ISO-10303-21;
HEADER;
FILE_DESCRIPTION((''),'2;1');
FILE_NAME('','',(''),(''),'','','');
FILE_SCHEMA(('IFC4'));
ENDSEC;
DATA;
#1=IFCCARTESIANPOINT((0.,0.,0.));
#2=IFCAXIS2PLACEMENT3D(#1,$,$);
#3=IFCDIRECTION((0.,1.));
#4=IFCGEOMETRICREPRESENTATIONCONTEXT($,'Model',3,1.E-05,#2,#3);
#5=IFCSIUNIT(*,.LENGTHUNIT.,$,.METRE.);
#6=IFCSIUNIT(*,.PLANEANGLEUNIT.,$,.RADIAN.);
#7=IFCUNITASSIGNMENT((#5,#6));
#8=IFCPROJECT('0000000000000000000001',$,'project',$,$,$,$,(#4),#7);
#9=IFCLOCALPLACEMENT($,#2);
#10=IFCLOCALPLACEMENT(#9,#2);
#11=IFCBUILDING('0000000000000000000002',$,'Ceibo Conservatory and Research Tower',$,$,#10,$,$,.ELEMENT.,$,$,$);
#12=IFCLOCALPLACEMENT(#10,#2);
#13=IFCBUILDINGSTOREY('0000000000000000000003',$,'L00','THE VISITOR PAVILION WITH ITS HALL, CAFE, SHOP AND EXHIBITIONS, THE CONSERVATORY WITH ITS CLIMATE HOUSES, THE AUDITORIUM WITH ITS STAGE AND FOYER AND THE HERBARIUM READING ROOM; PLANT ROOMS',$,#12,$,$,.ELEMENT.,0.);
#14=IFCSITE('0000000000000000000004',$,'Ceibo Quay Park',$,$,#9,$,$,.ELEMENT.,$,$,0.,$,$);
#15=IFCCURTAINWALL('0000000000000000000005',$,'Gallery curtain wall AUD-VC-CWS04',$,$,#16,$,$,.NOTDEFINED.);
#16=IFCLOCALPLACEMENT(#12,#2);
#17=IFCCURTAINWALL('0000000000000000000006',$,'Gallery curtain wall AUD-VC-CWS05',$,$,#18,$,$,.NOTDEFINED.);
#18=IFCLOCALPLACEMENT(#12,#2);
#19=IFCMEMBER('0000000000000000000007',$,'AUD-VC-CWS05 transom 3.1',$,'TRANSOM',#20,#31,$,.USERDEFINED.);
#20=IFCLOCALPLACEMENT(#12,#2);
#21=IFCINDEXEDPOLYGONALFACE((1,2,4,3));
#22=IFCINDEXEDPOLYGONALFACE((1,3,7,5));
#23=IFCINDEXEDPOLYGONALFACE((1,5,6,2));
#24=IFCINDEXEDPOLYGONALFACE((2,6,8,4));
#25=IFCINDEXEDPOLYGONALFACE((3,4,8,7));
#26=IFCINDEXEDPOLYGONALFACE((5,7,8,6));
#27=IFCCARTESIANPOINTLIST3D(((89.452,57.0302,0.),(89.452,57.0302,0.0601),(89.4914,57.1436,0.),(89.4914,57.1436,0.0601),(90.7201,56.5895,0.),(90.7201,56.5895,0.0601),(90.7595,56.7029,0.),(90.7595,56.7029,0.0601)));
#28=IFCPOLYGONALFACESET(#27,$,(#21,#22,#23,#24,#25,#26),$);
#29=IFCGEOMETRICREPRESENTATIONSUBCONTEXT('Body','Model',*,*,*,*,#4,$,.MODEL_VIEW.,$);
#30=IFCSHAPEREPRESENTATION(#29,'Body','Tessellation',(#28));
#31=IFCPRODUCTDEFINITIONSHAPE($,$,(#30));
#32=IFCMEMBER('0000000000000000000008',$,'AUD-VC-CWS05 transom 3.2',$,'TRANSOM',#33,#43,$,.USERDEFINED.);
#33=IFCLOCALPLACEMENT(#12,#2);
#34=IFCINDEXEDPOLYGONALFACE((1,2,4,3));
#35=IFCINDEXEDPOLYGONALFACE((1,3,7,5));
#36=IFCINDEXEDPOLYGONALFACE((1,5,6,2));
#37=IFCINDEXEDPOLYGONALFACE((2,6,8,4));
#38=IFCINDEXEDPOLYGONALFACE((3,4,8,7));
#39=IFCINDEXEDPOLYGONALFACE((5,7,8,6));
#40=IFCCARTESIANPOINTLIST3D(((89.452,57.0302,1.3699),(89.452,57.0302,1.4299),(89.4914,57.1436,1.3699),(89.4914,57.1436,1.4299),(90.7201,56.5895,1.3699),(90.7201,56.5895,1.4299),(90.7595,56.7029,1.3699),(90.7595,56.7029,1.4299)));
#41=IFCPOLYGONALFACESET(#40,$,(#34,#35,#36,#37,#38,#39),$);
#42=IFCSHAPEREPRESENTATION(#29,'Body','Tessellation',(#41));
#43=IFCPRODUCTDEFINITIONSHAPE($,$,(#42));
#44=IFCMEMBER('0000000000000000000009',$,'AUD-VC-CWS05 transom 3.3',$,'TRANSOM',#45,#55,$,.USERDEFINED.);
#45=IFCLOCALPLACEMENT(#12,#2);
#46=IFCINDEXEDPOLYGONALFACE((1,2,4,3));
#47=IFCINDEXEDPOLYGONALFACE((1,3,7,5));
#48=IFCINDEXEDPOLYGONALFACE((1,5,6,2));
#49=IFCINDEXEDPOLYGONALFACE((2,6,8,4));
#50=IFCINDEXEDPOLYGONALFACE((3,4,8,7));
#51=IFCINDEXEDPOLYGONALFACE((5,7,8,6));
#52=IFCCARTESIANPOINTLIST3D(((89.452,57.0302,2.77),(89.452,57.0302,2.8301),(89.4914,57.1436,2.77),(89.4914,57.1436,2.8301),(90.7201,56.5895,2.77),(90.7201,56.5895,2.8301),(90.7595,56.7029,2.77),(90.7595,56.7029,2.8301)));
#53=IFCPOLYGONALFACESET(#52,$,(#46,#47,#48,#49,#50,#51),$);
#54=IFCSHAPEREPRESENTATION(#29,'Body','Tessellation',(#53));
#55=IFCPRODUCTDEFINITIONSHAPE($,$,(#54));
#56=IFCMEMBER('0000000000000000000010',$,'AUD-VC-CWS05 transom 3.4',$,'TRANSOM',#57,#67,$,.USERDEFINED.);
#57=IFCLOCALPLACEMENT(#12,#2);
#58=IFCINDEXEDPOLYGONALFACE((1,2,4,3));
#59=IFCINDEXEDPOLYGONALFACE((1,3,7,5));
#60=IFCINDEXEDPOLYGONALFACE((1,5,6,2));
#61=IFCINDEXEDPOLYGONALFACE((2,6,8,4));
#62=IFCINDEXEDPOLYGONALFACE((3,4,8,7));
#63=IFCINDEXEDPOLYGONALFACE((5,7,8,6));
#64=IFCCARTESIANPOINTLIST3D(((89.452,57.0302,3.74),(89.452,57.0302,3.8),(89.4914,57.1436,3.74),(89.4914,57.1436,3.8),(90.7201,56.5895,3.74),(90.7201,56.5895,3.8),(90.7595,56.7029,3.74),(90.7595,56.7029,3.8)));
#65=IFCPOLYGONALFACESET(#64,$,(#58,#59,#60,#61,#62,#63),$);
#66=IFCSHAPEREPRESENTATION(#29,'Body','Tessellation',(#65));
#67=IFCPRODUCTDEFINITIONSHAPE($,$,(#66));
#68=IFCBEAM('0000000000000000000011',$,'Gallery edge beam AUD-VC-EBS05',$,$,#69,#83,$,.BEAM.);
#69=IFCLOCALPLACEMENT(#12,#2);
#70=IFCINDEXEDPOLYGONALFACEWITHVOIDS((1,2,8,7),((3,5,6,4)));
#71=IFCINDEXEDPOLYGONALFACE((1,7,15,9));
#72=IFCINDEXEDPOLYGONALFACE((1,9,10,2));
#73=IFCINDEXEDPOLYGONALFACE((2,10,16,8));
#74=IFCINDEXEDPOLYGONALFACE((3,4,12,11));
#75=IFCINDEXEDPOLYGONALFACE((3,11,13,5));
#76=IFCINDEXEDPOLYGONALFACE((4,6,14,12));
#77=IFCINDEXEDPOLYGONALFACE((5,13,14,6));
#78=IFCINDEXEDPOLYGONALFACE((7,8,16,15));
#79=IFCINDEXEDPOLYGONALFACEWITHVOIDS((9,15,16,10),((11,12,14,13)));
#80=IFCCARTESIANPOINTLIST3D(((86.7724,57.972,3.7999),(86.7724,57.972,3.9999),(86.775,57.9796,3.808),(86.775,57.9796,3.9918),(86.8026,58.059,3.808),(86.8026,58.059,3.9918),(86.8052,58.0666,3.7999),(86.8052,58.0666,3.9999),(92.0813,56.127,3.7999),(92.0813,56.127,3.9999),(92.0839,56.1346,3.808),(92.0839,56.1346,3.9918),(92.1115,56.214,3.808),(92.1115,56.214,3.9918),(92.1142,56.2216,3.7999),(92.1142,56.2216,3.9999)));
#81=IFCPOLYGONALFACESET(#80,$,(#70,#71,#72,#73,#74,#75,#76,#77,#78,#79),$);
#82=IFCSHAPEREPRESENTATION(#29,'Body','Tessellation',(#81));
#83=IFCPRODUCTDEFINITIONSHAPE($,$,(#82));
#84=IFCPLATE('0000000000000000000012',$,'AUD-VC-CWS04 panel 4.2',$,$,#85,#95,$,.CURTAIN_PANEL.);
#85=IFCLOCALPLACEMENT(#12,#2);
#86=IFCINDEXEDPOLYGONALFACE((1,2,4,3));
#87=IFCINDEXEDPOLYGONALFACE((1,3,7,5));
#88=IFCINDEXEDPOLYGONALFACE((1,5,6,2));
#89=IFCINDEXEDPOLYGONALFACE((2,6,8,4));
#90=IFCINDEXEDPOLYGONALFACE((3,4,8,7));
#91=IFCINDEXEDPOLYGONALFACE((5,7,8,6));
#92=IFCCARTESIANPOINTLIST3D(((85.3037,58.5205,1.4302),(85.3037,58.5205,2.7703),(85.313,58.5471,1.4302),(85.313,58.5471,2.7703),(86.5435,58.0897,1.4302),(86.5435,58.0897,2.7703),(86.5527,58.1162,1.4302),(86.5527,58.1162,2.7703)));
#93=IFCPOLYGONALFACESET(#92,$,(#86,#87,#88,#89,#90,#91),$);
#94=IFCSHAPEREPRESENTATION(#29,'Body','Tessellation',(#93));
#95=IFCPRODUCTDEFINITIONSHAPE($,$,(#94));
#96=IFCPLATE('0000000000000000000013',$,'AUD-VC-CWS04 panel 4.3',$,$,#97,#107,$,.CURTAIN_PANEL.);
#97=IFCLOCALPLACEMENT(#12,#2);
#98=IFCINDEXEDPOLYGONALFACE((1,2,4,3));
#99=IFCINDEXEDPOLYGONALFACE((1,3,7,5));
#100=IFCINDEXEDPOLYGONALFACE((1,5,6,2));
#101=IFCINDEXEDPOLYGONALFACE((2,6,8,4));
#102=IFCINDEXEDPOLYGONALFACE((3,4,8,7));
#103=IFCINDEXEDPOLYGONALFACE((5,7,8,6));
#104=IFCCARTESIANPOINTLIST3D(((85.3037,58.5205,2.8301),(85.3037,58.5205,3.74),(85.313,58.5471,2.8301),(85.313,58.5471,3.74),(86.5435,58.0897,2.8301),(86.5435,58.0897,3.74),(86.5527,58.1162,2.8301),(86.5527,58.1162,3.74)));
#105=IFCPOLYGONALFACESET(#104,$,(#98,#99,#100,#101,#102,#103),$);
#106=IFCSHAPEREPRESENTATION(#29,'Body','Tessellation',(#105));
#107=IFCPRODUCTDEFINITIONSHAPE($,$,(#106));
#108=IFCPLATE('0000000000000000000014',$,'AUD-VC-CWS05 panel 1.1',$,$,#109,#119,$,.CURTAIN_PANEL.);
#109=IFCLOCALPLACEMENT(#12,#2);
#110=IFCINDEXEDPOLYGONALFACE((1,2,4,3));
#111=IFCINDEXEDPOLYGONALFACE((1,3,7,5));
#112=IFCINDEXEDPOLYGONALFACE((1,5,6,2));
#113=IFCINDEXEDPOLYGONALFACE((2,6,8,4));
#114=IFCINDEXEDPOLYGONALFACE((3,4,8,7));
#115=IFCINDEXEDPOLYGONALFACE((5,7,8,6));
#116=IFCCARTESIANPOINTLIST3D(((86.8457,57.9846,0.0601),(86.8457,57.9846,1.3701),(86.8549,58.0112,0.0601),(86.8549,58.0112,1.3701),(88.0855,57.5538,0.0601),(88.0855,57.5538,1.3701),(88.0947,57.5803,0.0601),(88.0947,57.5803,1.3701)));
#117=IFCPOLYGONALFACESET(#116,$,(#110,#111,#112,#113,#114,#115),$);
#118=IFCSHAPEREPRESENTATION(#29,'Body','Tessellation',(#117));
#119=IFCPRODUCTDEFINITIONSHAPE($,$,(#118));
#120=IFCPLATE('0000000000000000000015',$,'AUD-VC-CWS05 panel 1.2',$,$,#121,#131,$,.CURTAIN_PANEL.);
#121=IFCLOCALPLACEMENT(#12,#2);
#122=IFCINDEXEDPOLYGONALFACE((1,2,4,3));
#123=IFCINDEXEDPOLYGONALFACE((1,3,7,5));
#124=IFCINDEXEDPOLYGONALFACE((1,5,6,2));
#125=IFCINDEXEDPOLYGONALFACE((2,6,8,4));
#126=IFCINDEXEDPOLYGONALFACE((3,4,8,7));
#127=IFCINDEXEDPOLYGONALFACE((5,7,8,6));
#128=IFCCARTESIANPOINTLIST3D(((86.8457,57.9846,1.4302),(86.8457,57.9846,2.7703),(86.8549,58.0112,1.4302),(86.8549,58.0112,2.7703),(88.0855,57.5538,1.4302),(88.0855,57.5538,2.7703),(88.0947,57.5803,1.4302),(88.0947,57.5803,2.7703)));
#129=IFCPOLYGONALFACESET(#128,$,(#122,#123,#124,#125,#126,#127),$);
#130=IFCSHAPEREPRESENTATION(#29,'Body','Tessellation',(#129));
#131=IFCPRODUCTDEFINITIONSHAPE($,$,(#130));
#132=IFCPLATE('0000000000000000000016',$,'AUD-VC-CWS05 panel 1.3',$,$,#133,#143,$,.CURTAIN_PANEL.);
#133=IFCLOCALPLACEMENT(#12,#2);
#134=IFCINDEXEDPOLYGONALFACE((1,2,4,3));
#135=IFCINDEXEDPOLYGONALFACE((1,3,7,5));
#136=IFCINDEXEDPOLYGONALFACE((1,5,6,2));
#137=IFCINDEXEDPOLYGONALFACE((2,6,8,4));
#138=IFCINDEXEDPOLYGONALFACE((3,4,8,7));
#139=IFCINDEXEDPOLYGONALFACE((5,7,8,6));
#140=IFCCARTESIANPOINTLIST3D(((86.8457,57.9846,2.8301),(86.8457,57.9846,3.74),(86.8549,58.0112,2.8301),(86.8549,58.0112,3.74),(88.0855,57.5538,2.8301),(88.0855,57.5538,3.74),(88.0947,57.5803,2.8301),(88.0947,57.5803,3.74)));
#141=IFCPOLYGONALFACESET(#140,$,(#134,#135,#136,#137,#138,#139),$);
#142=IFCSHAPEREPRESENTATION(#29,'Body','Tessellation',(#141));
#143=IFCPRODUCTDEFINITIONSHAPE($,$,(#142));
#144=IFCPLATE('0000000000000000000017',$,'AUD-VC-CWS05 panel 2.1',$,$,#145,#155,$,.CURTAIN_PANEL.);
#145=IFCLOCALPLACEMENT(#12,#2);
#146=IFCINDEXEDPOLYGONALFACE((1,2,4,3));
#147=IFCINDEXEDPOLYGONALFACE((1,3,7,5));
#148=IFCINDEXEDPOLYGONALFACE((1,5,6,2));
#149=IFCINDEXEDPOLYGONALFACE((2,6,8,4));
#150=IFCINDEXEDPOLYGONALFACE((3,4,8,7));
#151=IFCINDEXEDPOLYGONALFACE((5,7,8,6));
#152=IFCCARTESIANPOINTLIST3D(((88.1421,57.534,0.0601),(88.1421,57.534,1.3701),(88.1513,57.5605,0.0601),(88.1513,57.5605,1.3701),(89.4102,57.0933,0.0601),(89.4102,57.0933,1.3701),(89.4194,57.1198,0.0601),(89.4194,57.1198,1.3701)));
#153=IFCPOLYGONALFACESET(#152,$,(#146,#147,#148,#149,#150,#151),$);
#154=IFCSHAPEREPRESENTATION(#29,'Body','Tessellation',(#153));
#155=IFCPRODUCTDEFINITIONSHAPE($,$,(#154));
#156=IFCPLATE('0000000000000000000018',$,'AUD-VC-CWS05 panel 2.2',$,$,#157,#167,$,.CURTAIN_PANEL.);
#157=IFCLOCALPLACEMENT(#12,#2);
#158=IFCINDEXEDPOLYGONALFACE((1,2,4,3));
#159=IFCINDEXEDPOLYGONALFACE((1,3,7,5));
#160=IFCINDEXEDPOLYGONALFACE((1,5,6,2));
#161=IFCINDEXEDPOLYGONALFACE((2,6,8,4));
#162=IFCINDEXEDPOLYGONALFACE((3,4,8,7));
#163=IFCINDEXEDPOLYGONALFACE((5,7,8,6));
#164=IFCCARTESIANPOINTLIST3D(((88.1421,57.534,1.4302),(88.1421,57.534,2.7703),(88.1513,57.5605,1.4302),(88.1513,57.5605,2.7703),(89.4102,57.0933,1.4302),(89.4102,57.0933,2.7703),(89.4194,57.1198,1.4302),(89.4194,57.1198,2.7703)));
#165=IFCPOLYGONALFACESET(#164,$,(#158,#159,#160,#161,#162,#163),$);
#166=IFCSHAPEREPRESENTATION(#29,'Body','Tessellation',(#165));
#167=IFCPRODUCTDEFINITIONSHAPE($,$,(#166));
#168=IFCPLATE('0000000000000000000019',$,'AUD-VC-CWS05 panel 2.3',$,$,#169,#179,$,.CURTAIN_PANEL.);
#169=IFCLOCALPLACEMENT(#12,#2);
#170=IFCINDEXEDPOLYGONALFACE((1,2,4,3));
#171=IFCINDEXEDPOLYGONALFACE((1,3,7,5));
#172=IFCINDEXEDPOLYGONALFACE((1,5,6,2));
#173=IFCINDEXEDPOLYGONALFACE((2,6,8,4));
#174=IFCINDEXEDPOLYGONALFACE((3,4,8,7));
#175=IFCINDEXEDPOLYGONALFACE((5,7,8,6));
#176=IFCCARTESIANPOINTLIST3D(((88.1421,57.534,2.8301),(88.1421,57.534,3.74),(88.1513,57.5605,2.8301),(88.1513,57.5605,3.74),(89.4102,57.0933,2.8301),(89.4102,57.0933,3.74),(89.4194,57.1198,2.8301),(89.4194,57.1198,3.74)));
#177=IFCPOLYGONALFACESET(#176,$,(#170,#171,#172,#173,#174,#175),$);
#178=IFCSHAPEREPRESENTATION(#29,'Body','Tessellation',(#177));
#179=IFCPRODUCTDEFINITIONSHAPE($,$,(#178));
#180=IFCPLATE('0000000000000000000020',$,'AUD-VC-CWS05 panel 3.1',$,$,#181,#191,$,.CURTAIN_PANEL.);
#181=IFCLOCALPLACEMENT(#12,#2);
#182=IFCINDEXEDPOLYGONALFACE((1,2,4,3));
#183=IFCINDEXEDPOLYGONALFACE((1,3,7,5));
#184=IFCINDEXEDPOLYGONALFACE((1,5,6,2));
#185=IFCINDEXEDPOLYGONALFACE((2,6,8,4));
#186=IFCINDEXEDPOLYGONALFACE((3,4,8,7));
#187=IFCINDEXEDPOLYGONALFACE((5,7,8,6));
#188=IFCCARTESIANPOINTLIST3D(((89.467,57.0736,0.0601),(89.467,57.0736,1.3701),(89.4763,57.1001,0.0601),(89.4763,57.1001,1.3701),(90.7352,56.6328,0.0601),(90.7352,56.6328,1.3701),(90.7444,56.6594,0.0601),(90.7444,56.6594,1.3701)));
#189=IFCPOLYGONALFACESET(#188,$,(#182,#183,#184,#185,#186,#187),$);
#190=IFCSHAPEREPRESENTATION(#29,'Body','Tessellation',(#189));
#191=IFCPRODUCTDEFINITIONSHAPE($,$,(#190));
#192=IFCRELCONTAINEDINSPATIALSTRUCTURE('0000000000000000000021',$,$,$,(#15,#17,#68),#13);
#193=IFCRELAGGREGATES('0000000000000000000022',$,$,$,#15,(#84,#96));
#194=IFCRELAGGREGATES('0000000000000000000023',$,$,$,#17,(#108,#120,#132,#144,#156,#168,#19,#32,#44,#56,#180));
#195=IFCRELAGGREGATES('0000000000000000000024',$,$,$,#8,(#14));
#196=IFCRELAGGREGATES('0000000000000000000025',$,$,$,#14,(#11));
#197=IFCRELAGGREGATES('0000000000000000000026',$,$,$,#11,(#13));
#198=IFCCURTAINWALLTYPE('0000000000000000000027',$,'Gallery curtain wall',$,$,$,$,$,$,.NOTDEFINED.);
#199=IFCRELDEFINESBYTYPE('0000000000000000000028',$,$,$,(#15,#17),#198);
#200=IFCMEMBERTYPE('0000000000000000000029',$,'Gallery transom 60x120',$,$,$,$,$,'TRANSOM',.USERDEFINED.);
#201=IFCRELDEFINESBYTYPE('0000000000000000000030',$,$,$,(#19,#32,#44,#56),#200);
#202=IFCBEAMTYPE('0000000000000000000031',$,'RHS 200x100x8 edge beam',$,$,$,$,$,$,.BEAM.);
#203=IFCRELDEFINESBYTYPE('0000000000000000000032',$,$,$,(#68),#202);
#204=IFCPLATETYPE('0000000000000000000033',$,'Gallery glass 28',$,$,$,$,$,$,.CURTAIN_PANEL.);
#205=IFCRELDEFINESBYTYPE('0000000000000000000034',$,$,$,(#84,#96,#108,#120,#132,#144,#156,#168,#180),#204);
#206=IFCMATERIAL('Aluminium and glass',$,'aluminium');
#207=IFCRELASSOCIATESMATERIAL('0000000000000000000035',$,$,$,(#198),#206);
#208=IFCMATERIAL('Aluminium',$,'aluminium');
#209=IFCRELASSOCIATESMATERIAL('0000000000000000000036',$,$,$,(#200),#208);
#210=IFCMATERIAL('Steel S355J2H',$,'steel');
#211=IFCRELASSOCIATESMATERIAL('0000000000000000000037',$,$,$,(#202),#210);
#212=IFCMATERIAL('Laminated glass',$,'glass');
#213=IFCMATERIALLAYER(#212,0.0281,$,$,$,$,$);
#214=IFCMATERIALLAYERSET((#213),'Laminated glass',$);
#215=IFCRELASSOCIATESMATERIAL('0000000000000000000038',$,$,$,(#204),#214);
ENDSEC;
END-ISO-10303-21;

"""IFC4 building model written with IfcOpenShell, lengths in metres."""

from ifc_helpers import new_model, si_unit, direction, frame, origin, origin_2d, place, context, subcontext, project, spatial, rectangle, hollow_rectangle, extrude, material, layer, layer_set, material_profile, profile_set, type_object, element, aggregate, save


model = new_model("IFC4")

# Units and contexts
model_context = context("Model", 3, precision=1e-05, world=origin(), true_north=direction((0.0, 1.0)))
body_context = subcontext(model_context, "Body", "Model", "MODEL_VIEW")
ifc_project = project(units=[si_unit("LENGTHUNIT", "METRE"), si_unit("PLANEANGLEUNIT", "RADIAN")], contexts=[model_context])

# Site, building, storey
site_placement = place(None, origin())
site = spatial("IfcSite", under=ifc_project, at=site_placement, Name="Ceibo Quay Park", CompositionType="ELEMENT", RefElevation=0.0)
building_placement = place(site_placement, origin())
building = spatial("IfcBuilding", under=site, at=building_placement, Name="Ceibo Conservatory and Research Tower", CompositionType="ELEMENT")
storey_placement = place(building_placement, origin())
storey = spatial("IfcBuildingStorey", under=building, at=storey_placement, Name="L00", Description="THE VISITOR PAVILION WITH ITS HALL, CAFE, SHOP AND EXHIBITIONS, THE CONSERVATORY WITH ITS CLIMATE HOUSES, THE AUDITORIUM WITH ITS STAGE AND FOYER AND THE HERBARIUM READING ROOM; PLANT ROOMS", CompositionType="ELEMENT", Elevation=0.0)

# Shared definitions
ifc_material_1 = material(Name="Steel S355J2H", Category="steel")

# Curtain wall
ifc_material_2 = material(Name="Aluminium and glass", Category="aluminium")
curtain_wall_type = type_object("IfcCurtainWallType", Name="Gallery curtain wall", PredefinedType="NOTDEFINED", material=ifc_material_2)
curtain_wall_1_placement = place(storey_placement, origin())
curtain_wall_1 = element("IfcCurtainWall", 1, at=curtain_wall_1_placement, inside=storey, type_object=curtain_wall_type, Name="Gallery curtain wall AUD-VC-CWS04", PredefinedType="NOTDEFINED")
ifc_material_3 = material(Name="Aluminium", Category="aluminium")

# Curtain wall, members
curtain_wall_2_placement = place(storey_placement, origin())
curtain_wall_2 = element("IfcCurtainWall", 2, at=curtain_wall_2_placement, inside=storey, type_object=curtain_wall_type, Name="Gallery curtain wall AUD-VC-CWS05", PredefinedType="NOTDEFINED")
ifc_material_profile_1 = material_profile(ifc_material_3, rectangle(XDim=0.1201, YDim=0.0601, at=origin_2d()), Name="AL 60x120")
ifc_profile_set_1 = profile_set([ifc_material_profile_1], Name="Aluminium")
member_type_1 = type_object("IfcMemberType", Name="Gallery transom 60x120", ElementType="TRANSOM", PredefinedType="USERDEFINED", material=ifc_profile_set_1)
member_1_placement = place(storey_placement, frame((89.4717, 57.0869, 0.03), z_axis=(0.944588, -0.32826, 0.0), x_axis=(0.32826, 0.944588, 0.0)))
member_1 = element("IfcMember", 3, at=member_1_placement, type_object=member_type_1, Name="AUD-VC-CWS05 transom 3.1", ObjectType="TRANSOM", PredefinedType="USERDEFINED", context=body_context, shape_type="SweptSolid", body=[
    extrude(rectangle(XDim=0.1201, YDim=0.0601, at=origin_2d()), origin(), (0.0, 0.0, 1.0), 1.3425),
])
member_2_placement = place(storey_placement, frame((89.4717, 57.0869, 1.3999), z_axis=(0.944588, -0.32826, 0.0), x_axis=(0.32826, 0.944588, 0.0)))
member_2 = element("IfcMember", 4, at=member_2_placement, type_object=member_type_1, Name="AUD-VC-CWS05 transom 3.2", ObjectType="TRANSOM", PredefinedType="USERDEFINED", context=body_context, shape_type="SweptSolid", body=[
    extrude(rectangle(XDim=0.1201, YDim=0.0601, at=origin_2d()), origin(), (0.0, 0.0, 1.0), 1.3425),
])
member_3_placement = place(storey_placement, frame((89.4717, 57.0869, 2.8), z_axis=(0.944588, -0.32826, 0.0), x_axis=(0.32826, 0.944588, 0.0)))
member_3 = element("IfcMember", 5, at=member_3_placement, type_object=member_type_1, Name="AUD-VC-CWS05 transom 3.3", ObjectType="TRANSOM", PredefinedType="USERDEFINED", context=body_context, shape_type="SweptSolid", body=[
    extrude(rectangle(XDim=0.1201, YDim=0.0601, at=origin_2d()), origin(), (0.0, 0.0, 1.0), 1.3425),
])
member_4_placement = place(storey_placement, frame((89.4717, 57.0869, 3.77), z_axis=(0.944588, -0.32826, 0.0), x_axis=(0.32826, 0.944588, 0.0)))
member_4 = element("IfcMember", 6, at=member_4_placement, type_object=member_type_1, Name="AUD-VC-CWS05 transom 3.4", ObjectType="TRANSOM", PredefinedType="USERDEFINED", context=body_context, shape_type="SweptSolid", body=[
    extrude(rectangle(XDim=0.1201, YDim=0.0601, at=origin_2d()), origin(), (0.0, 0.0, 1.0), 1.3425),
])

# Beam
ifc_material_profile_2 = material_profile(ifc_material_1, hollow_rectangle(XDim=0.1001, YDim=0.2, WallThickness=0.0081, at=origin_2d()), Name="RHS 200x100x8 edge beam")
ifc_profile_set_2 = profile_set([ifc_material_profile_2], Name="Steel S355J2H")
beam_type = type_object("IfcBeamType", Name="RHS 200x100x8 edge beam", PredefinedType="BEAM", material=ifc_profile_set_2)
beam_placement = place(storey_placement, frame((86.7888, 58.0193, 3.8999), z_axis=(0.944584, -0.32827, 0.0), x_axis=(0.32827, 0.944584, 0.0)))
element("IfcBeam", 7, at=beam_placement, inside=storey, type_object=beam_type, Name="Gallery edge beam AUD-VC-EBS05", PredefinedType="BEAM", context=body_context, shape_type="SweptSolid", body=[
    extrude(hollow_rectangle(XDim=0.1001, YDim=0.2, WallThickness=0.0081, at=origin_2d()), origin(), (0.0, 0.0, 1.0), 5.6204),
])

# Plates
ifc_material_4 = material(Name="Laminated glass", Category="glass")
ifc_layer = layer(ifc_material_4, 0.0281)
ifc_layer_set = layer_set([ifc_layer], Name="Laminated glass")
plate_type = type_object("IfcPlateType", Name="Gallery glass 28", PredefinedType="CURTAIN_PANEL", material=ifc_layer_set)
plate_1_placement = place(storey_placement, frame((85.9282, 58.3184, 1.4302), z_axis=(0.0, 0.0, 1.0), x_axis=(0.944579, -0.328284, 0.0)))
plate_1 = element("IfcPlate", 8, at=plate_1_placement, type_object=plate_type, Name="AUD-VC-CWS04 panel 4.2", PredefinedType="CURTAIN_PANEL", context=body_context, shape_type="SweptSolid", body=[
    extrude(rectangle(XDim=1.3125, YDim=0.0281, at=origin_2d()), origin(), (0.0, 0.0, 1.0), 1.3401),
])
plate_2_placement = place(storey_placement, frame((85.9282, 58.3184, 2.8301), z_axis=(0.0, 0.0, 1.0), x_axis=(0.944579, -0.328284, 0.0)))
plate_2 = element("IfcPlate", 9, at=plate_2_placement, type_object=plate_type, Name="AUD-VC-CWS04 panel 4.3", PredefinedType="CURTAIN_PANEL", context=body_context, shape_type="SweptSolid", body=[
    extrude(rectangle(XDim=1.3125, YDim=0.0281, at=origin_2d()), origin(), (0.0, 0.0, 1.0), 0.9099),
])
aggregate(curtain_wall_1, [plate_1, plate_2])
plate_3_placement = place(storey_placement, frame((87.4702, 57.7825, 0.0601), z_axis=(0.0, 0.0, 1.0), x_axis=(0.944579, -0.328284, 0.0)))
plate_3 = element("IfcPlate", 10, at=plate_3_placement, type_object=plate_type, Name="AUD-VC-CWS05 panel 1.1", PredefinedType="CURTAIN_PANEL", context=body_context, shape_type="SweptSolid", body=[
    extrude(rectangle(XDim=1.3125, YDim=0.0281, at=origin_2d()), origin(), (0.0, 0.0, 1.0), 1.3101),
])
plate_4_placement = place(storey_placement, frame((87.4702, 57.7825, 1.4302), z_axis=(0.0, 0.0, 1.0), x_axis=(0.944579, -0.328284, 0.0)))
plate_4 = element("IfcPlate", 11, at=plate_4_placement, type_object=plate_type, Name="AUD-VC-CWS05 panel 1.2", PredefinedType="CURTAIN_PANEL", context=body_context, shape_type="SweptSolid", body=[
    extrude(rectangle(XDim=1.3125, YDim=0.0281, at=origin_2d()), origin(), (0.0, 0.0, 1.0), 1.3401),
])
plate_5_placement = place(storey_placement, frame((87.4702, 57.7825, 2.8301), z_axis=(0.0, 0.0, 1.0), x_axis=(0.944579, -0.328284, 0.0)))
plate_5 = element("IfcPlate", 12, at=plate_5_placement, type_object=plate_type, Name="AUD-VC-CWS05 panel 1.3", PredefinedType="CURTAIN_PANEL", context=body_context, shape_type="SweptSolid", body=[
    extrude(rectangle(XDim=1.3125, YDim=0.0281, at=origin_2d()), origin(), (0.0, 0.0, 1.0), 0.9099),
])
plate_6_placement = place(storey_placement, frame((88.7808, 57.3269, 0.0601), z_axis=(0.0, 0.0, 1.0), x_axis=(0.944579, -0.328284, 0.0)))
plate_6 = element("IfcPlate", 13, at=plate_6_placement, type_object=plate_type, Name="AUD-VC-CWS05 panel 2.1", PredefinedType="CURTAIN_PANEL", context=body_context, shape_type="SweptSolid", body=[
    extrude(rectangle(XDim=1.3425, YDim=0.0281, at=origin_2d()), origin(), (0.0, 0.0, 1.0), 1.3101),
])
plate_7_placement = place(storey_placement, frame((88.7808, 57.3269, 1.4302), z_axis=(0.0, 0.0, 1.0), x_axis=(0.944579, -0.328284, 0.0)))
plate_7 = element("IfcPlate", 14, at=plate_7_placement, type_object=plate_type, Name="AUD-VC-CWS05 panel 2.2", PredefinedType="CURTAIN_PANEL", context=body_context, shape_type="SweptSolid", body=[
    extrude(rectangle(XDim=1.3425, YDim=0.0281, at=origin_2d()), origin(), (0.0, 0.0, 1.0), 1.3401),
])
plate_8_placement = place(storey_placement, frame((88.7808, 57.3269, 2.8301), z_axis=(0.0, 0.0, 1.0), x_axis=(0.944579, -0.328284, 0.0)))
plate_8 = element("IfcPlate", 15, at=plate_8_placement, type_object=plate_type, Name="AUD-VC-CWS05 panel 2.3", PredefinedType="CURTAIN_PANEL", context=body_context, shape_type="SweptSolid", body=[
    extrude(rectangle(XDim=1.3425, YDim=0.0281, at=origin_2d()), origin(), (0.0, 0.0, 1.0), 0.9099),
])
plate_9_placement = place(storey_placement, frame((90.1057, 56.8665, 0.0601), z_axis=(0.0, 0.0, 1.0), x_axis=(0.944579, -0.328284, 0.0)))
plate_9 = element("IfcPlate", 16, at=plate_9_placement, type_object=plate_type, Name="AUD-VC-CWS05 panel 3.1", PredefinedType="CURTAIN_PANEL", context=body_context, shape_type="SweptSolid", body=[
    extrude(rectangle(XDim=1.3425, YDim=0.0281, at=origin_2d()), origin(), (0.0, 0.0, 1.0), 1.3101),
])
aggregate(curtain_wall_2, [plate_3, plate_4, plate_5, plate_6, plate_7, plate_8, member_1, member_2, member_3, member_4, plate_9])

save(model, "model.ifc")
